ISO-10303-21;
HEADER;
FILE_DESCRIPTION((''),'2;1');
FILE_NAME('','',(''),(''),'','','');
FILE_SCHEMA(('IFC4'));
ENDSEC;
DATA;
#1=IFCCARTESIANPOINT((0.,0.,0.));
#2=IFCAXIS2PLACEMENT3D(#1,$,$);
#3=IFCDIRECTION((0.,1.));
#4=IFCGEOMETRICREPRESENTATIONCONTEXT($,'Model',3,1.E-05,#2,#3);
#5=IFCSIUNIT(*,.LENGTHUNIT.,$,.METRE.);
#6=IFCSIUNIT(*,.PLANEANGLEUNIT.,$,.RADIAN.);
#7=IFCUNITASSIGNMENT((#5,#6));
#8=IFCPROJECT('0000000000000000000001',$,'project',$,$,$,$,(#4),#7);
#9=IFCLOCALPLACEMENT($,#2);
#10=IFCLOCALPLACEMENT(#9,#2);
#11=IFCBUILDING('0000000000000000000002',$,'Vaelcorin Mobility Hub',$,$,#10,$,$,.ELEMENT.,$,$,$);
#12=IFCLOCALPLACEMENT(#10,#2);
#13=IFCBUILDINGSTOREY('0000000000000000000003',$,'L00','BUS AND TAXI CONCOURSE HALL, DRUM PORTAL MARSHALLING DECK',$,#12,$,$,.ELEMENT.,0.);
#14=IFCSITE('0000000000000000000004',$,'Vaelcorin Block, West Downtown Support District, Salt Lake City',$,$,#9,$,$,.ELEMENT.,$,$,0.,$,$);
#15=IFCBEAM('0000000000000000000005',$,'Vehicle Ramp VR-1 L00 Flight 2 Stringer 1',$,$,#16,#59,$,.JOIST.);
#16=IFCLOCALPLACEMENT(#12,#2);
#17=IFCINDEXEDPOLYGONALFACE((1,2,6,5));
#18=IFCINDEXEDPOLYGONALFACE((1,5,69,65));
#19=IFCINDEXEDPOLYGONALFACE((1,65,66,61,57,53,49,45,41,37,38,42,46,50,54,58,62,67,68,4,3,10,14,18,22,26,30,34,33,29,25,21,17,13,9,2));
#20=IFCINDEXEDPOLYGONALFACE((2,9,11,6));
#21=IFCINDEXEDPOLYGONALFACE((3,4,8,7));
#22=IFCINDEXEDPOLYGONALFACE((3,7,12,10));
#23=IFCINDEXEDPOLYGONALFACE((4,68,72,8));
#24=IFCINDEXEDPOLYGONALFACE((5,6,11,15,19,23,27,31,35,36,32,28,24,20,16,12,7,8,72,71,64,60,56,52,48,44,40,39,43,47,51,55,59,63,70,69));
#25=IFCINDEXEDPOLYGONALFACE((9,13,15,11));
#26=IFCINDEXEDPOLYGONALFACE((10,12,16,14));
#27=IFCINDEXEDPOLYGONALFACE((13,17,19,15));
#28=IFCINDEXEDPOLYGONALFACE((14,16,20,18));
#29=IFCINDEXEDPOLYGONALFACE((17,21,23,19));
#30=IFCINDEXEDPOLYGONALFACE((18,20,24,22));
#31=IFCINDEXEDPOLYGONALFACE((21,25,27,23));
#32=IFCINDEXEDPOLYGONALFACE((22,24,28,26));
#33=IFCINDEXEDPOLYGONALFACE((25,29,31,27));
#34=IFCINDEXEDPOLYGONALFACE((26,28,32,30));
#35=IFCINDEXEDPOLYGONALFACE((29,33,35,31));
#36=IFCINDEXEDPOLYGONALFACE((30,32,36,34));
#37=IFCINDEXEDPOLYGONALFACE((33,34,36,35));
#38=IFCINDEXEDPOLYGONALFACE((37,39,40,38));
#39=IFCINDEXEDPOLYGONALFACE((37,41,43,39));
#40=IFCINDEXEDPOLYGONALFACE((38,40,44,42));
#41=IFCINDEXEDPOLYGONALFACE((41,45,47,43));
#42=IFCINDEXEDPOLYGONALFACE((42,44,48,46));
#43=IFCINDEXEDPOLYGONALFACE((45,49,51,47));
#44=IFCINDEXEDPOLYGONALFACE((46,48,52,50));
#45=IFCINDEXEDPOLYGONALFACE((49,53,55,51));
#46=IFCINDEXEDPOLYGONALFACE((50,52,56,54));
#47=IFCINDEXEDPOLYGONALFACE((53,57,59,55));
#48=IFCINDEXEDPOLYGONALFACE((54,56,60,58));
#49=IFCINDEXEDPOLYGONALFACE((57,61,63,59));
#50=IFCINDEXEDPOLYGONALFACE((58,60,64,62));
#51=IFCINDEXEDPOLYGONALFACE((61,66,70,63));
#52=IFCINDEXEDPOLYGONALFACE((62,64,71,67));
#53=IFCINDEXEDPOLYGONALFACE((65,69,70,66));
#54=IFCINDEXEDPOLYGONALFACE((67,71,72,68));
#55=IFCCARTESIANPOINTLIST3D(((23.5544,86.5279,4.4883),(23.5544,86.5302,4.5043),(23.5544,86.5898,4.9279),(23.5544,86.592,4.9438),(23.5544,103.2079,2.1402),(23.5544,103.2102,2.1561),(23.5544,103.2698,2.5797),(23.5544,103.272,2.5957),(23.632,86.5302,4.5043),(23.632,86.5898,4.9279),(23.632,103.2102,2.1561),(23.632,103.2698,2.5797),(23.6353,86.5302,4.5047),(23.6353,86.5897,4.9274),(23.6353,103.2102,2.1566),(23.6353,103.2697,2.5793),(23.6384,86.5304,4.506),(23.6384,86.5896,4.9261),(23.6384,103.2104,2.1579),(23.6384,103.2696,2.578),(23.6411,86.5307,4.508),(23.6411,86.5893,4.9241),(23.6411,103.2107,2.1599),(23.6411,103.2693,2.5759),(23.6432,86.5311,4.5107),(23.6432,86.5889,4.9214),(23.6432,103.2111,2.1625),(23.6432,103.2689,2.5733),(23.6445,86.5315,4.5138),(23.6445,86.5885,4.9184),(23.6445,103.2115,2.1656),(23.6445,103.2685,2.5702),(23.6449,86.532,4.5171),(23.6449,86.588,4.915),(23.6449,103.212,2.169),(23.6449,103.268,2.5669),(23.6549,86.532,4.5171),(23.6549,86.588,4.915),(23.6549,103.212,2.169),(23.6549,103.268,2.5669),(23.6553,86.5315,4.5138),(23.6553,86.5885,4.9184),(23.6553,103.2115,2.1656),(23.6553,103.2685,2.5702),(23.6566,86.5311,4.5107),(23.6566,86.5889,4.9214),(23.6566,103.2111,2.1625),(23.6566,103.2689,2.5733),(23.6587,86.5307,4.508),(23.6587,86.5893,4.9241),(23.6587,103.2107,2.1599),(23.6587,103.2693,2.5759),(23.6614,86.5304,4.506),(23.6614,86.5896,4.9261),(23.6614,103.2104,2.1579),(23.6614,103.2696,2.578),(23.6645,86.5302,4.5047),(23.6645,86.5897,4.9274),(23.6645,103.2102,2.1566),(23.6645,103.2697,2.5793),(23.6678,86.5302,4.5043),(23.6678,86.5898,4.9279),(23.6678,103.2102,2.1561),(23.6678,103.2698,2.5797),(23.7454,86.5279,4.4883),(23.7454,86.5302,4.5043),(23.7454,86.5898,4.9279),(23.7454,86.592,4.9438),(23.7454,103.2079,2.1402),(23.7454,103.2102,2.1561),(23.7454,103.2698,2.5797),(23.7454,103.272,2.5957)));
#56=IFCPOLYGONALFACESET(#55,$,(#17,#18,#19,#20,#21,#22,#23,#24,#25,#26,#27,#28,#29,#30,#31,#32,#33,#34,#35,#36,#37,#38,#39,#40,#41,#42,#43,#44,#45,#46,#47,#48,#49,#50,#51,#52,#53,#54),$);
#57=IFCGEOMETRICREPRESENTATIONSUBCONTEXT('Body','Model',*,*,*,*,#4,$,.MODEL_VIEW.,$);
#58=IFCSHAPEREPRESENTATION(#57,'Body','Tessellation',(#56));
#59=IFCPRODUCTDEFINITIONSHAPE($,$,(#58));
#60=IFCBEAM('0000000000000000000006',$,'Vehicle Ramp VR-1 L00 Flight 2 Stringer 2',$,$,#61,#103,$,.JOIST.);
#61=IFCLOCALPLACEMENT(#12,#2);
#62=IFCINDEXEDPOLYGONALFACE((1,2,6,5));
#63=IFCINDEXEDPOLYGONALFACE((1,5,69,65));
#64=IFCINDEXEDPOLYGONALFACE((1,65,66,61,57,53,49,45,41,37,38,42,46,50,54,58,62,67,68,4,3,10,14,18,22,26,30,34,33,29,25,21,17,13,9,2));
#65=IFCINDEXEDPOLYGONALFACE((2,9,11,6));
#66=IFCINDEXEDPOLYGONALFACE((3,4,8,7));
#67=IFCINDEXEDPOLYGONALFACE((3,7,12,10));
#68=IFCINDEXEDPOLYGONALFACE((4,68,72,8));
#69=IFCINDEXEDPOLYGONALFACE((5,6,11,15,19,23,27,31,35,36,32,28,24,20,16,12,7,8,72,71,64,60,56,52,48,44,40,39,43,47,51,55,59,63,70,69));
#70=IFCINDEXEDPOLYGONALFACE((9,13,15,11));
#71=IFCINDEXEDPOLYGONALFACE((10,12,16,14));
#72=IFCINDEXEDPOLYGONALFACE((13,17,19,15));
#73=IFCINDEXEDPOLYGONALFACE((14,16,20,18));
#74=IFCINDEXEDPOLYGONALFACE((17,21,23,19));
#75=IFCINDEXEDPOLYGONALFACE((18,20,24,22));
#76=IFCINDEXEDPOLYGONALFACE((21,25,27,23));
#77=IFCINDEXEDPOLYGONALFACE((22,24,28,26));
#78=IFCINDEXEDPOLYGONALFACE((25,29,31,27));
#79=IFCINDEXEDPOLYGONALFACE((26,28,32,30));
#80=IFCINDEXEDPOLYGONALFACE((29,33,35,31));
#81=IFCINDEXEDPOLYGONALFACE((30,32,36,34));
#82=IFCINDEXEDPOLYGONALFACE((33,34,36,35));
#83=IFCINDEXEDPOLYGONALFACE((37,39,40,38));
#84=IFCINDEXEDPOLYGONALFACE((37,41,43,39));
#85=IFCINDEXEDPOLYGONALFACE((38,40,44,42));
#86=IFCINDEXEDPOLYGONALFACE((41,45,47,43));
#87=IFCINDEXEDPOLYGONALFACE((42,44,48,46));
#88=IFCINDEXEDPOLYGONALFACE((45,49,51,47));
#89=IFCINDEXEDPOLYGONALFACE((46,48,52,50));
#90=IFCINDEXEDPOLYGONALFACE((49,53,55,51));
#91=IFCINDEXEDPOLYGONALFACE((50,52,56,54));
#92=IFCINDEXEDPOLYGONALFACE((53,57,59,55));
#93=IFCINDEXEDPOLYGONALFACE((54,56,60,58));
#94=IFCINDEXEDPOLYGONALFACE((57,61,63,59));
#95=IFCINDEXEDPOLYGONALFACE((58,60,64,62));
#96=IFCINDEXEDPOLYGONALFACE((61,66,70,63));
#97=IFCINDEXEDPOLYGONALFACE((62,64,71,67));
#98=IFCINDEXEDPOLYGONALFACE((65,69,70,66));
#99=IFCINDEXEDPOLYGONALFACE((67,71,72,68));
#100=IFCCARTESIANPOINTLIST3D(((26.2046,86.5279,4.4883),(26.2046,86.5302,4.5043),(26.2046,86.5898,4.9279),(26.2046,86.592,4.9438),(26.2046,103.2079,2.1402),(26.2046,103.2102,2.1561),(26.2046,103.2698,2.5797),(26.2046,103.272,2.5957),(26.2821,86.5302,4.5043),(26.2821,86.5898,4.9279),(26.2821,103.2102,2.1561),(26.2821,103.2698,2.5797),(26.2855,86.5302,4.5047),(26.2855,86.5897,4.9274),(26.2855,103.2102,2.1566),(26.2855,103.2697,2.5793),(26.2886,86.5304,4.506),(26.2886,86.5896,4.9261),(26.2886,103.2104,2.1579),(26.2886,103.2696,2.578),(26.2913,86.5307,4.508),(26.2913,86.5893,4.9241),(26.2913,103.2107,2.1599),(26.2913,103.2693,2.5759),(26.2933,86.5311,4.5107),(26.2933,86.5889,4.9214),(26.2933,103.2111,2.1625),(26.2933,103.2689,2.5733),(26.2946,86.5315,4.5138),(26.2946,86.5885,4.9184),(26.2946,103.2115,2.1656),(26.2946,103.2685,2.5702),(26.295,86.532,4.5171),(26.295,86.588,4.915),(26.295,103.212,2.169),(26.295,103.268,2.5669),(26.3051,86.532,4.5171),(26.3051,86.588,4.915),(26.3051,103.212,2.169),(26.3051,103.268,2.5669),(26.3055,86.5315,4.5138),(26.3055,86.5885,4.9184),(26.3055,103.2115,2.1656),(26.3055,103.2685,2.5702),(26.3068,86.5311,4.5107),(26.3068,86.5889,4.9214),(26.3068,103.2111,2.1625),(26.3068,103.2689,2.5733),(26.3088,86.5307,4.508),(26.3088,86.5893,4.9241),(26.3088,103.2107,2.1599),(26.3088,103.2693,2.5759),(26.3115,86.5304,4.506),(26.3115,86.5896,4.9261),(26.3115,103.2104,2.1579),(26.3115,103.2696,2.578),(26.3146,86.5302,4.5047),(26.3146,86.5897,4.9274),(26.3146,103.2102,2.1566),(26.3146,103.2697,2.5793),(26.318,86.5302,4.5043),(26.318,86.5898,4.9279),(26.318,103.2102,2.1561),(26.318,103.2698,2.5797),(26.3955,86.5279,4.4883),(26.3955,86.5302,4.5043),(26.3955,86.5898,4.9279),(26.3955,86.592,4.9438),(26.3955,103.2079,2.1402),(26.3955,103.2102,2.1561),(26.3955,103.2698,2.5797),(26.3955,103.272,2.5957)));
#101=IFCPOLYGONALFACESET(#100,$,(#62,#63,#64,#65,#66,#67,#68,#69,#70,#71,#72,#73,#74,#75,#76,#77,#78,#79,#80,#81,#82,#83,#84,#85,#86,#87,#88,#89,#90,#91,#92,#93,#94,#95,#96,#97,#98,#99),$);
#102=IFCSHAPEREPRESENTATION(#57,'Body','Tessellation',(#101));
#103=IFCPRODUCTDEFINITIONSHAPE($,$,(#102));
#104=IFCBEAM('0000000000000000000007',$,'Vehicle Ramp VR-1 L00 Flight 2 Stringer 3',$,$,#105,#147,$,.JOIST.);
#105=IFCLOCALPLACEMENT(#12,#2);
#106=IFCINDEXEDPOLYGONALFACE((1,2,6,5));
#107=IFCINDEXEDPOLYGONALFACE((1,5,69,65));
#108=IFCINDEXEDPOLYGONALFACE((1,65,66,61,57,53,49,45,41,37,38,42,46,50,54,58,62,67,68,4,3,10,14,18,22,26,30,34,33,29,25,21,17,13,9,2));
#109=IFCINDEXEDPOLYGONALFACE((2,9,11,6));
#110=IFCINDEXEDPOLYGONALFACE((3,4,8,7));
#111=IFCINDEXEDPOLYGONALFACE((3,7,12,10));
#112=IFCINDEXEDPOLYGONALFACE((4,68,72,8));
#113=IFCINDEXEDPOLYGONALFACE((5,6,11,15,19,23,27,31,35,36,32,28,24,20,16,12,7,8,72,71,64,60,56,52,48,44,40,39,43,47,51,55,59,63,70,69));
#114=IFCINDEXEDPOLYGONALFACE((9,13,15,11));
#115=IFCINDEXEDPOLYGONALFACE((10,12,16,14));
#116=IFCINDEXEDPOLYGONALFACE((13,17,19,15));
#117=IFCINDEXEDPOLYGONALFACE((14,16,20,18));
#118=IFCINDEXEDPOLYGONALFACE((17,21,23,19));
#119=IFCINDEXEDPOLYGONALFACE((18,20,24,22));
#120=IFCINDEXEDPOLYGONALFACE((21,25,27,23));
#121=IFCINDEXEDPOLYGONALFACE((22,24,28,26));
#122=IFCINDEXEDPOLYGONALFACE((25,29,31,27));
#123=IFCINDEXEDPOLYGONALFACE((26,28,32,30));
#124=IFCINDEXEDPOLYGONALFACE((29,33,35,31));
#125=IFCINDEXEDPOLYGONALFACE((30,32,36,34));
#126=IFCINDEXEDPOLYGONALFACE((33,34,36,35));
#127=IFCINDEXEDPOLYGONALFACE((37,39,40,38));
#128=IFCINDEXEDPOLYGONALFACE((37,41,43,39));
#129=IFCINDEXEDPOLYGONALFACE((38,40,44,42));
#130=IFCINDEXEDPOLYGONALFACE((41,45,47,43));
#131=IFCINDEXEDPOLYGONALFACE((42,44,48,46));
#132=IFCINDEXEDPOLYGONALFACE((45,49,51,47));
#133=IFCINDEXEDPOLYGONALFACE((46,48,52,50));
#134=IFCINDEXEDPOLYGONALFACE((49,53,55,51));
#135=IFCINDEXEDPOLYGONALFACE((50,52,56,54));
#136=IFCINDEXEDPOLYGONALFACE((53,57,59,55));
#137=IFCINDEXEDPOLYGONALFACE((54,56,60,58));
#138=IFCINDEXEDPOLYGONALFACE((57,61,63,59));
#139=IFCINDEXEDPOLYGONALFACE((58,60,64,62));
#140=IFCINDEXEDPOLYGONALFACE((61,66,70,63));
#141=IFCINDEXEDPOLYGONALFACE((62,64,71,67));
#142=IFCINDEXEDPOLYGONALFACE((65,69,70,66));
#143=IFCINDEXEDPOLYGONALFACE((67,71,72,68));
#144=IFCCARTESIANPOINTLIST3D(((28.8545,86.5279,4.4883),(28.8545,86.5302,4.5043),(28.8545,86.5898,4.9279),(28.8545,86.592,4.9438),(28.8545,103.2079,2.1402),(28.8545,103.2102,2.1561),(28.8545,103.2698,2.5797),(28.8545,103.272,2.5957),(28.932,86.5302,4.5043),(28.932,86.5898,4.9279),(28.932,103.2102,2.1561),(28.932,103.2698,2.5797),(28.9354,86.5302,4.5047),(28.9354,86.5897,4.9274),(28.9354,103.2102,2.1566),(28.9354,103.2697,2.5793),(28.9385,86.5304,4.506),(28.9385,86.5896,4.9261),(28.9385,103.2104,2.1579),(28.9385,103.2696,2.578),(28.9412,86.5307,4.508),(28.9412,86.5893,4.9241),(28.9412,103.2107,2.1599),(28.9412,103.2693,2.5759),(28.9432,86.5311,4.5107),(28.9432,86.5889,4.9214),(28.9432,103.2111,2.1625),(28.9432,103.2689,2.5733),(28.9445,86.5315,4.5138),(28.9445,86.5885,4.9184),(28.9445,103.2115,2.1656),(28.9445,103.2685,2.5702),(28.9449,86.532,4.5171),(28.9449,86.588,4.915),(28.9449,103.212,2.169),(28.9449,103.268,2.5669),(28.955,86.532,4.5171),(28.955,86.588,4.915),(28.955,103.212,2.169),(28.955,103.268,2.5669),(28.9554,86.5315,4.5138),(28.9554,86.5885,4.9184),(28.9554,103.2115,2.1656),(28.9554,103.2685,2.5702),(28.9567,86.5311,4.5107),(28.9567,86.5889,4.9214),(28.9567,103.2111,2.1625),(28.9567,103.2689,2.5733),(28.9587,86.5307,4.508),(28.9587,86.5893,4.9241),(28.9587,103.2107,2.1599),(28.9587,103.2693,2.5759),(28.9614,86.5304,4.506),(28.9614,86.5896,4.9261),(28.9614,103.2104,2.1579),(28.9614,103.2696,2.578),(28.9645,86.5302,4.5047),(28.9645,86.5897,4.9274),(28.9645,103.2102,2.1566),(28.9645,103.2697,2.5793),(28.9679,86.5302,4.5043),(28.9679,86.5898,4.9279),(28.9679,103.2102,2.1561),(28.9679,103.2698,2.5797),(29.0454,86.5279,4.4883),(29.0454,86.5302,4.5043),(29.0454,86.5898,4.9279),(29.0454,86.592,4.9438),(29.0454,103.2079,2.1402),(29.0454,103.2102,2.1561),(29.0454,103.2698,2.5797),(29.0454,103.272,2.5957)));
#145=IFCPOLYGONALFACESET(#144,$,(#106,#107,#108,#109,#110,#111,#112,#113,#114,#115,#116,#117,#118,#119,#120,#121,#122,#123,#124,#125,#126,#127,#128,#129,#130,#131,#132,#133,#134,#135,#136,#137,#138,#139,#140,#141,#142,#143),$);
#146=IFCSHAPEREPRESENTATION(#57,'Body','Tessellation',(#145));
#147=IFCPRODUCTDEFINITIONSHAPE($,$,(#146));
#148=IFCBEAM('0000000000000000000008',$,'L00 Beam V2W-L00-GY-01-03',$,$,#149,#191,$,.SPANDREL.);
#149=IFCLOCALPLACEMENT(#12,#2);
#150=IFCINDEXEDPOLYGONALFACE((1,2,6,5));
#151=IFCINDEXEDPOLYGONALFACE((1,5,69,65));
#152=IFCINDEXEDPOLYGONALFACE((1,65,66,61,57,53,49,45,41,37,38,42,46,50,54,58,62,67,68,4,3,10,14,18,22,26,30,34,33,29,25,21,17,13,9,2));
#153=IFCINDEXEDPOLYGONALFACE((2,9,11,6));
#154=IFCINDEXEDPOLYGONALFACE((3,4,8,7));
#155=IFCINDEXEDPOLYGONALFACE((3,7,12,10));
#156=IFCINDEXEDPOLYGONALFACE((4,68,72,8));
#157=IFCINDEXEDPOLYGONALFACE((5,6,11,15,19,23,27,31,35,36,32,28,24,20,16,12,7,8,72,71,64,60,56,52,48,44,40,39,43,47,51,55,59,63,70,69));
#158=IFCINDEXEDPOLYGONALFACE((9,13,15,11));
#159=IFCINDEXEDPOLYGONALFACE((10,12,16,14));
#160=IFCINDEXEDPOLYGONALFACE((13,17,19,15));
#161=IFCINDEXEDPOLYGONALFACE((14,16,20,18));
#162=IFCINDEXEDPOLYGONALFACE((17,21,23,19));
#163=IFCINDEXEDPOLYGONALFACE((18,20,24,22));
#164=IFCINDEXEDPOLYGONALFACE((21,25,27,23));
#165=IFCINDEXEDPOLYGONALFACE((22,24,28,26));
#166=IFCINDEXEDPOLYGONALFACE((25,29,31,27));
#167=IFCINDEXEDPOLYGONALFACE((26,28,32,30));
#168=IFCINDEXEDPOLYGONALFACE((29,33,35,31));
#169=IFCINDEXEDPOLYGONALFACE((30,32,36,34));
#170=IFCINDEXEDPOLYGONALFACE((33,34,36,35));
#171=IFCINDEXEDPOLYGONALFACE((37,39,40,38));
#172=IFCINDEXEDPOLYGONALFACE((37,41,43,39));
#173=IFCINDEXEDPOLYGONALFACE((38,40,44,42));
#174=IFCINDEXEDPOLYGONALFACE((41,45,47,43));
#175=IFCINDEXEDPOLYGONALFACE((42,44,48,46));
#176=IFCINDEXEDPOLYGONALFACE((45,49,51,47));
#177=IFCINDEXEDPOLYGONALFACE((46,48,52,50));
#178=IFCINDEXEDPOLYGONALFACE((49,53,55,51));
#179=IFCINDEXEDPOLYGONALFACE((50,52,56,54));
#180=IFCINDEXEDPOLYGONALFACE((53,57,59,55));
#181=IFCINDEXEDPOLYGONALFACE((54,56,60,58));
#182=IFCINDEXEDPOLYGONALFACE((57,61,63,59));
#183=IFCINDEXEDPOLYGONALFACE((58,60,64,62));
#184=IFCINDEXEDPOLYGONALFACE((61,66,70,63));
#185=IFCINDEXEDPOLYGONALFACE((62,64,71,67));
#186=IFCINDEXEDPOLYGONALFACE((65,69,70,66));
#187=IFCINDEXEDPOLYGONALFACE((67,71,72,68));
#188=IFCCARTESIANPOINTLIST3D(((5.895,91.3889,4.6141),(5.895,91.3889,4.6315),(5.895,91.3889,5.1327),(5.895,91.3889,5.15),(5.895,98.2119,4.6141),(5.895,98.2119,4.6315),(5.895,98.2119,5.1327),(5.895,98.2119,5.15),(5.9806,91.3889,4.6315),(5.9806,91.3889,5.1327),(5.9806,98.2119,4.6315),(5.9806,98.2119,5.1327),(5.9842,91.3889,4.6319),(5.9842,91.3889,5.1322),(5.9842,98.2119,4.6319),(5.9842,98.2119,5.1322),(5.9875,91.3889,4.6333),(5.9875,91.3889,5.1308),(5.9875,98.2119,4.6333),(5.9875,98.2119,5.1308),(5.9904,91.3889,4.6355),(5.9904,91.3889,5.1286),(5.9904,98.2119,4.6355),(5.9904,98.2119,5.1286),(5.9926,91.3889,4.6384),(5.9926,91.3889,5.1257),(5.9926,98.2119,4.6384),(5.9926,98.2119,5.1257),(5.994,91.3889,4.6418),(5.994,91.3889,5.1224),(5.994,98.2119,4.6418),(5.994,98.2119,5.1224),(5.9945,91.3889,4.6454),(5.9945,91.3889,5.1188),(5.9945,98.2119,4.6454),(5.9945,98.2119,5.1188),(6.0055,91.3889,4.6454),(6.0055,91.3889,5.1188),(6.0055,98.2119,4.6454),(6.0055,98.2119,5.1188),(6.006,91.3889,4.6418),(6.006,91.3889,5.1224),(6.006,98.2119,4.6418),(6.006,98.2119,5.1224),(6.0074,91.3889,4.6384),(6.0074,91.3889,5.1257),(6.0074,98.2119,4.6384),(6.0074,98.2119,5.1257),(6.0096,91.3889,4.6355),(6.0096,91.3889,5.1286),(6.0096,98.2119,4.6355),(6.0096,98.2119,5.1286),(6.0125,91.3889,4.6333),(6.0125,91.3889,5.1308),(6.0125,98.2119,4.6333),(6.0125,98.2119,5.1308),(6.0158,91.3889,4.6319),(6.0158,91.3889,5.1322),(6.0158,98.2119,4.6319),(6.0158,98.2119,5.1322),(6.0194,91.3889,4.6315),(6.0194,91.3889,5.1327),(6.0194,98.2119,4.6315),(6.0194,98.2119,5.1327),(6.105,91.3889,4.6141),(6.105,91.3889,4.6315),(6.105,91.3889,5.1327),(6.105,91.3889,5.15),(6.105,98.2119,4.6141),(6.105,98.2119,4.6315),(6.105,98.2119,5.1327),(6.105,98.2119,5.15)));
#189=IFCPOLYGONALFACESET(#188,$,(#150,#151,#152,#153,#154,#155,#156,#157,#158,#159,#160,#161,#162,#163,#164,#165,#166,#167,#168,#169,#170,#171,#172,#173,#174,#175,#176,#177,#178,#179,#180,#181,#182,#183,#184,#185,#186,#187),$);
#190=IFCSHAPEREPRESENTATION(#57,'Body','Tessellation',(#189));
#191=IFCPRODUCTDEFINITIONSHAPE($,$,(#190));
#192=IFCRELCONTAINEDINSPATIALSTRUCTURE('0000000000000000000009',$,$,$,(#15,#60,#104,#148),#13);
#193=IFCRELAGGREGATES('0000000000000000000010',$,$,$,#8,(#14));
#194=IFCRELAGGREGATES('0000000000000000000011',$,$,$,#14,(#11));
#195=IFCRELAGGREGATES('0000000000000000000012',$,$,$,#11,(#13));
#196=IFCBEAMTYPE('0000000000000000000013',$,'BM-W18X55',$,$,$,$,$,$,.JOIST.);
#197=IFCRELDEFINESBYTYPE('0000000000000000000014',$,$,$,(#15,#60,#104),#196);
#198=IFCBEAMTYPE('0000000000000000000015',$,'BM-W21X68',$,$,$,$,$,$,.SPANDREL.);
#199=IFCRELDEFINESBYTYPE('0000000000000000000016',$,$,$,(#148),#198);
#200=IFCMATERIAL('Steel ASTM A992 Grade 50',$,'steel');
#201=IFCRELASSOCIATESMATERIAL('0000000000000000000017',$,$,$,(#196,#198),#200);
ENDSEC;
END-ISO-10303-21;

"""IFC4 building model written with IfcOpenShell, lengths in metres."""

from ifc_helpers import new_model, si_unit, direction, frame, origin, origin_2d, place, context, subcontext, project, spatial, i_section, extrude, material, material_profile, profile_set, type_object, element, save


model = new_model("IFC4")

# Units and contexts
model_context = context("Model", 3, precision=1e-05, world=origin(), true_north=direction((0.0, 1.0)))
body_context = subcontext(model_context, "Body", "Model", "MODEL_VIEW")
ifc_project = project(units=[si_unit("LENGTHUNIT", "METRE"), si_unit("PLANEANGLEUNIT", "RADIAN")], contexts=[model_context])

# Site, building, storey
site_placement = place(None, origin())
site = spatial("IfcSite", under=ifc_project, at=site_placement, Name="Vaelcorin Block, West Downtown Support District, Salt Lake City", CompositionType="ELEMENT", RefElevation=0.0)
building_placement = place(site_placement, origin())
building = spatial("IfcBuilding", under=site, at=building_placement, Name="Vaelcorin Mobility Hub", CompositionType="ELEMENT")
storey_placement = place(building_placement, origin())
storey = spatial("IfcBuildingStorey", under=building, at=storey_placement, Name="L00", Description="BUS AND TAXI CONCOURSE HALL, DRUM PORTAL MARSHALLING DECK", CompositionType="ELEMENT", Elevation=0.0)

# Shared definitions
ifc_material_1 = material(Name="Steel ASTM A992 Grade 50", Category="steel")

# Beams
ifc_material_profile_1 = material_profile(ifc_material_1, i_section(OverallWidth=0.1909, OverallDepth=0.46, WebThickness=0.01, FlangeThickness=0.0161, FilletRadius=0.0129, at=origin_2d()), Name="W18X55")
ifc_profile_set_1 = profile_set([ifc_material_profile_1], Name="Steel ASTM A992 Grade 50")
beam_type_1 = type_object("IfcBeamType", Name="BM-W18X55", PredefinedType="JOIST", material=ifc_profile_set_1)
for number, where, z_axis, x_axis, name in (
    (1, (23.6499, 103.24, 2.3679), (0.0, -0.990236, 0.139402), (1.0, 0.0, 0.0), "Vehicle Ramp VR-1 L00 Flight 2 Stringer 1"),
    (2, (26.3, 103.24, 2.3679), (0.0, -0.990236, 0.139402), (1.0, 0.0, 0.0), "Vehicle Ramp VR-1 L00 Flight 2 Stringer 2"),
    (3, (28.95, 103.24, 2.3679), (0.0, -0.990236, 0.139402), (1.0, 0.0, 0.0), "Vehicle Ramp VR-1 L00 Flight 2 Stringer 3"),
):
    element("IfcBeam", number, at=place(storey_placement, frame(where, z_axis=z_axis, x_axis=x_axis)), inside=storey, type_object=beam_type_1, Name=name, PredefinedType="JOIST", context=body_context, shape_type="SweptSolid", body=[
        extrude(i_section(OverallWidth=0.1909, OverallDepth=0.46, WebThickness=0.01, FlangeThickness=0.0161, FilletRadius=0.0129, at=origin_2d()), origin(), (0.0, 0.0, 1.0), 16.8445),
    ])
ifc_material_profile_2 = material_profile(ifc_material_1, i_section(OverallWidth=0.21, OverallDepth=0.5359, WebThickness=0.011, FlangeThickness=0.0173, FilletRadius=0.0139, at=origin_2d()), Name="W21X68")
ifc_profile_set_2 = profile_set([ifc_material_profile_2], Name="Steel ASTM A992 Grade 50")
beam_type_2 = type_object("IfcBeamType", Name="BM-W21X68", PredefinedType="SPANDREL", material=ifc_profile_set_2)
beam_1_placement = place(storey_placement, frame((6.0, 91.3889, 4.8821), z_axis=(0.0, 1.0, 0.0), x_axis=(-1.0, 0.0, 0.0)))
element("IfcBeam", 4, at=beam_1_placement, inside=storey, type_object=beam_type_2, Name="L00 Beam V2W-L00-GY-01-03", PredefinedType="SPANDREL", context=body_context, shape_type="SweptSolid", body=[
    extrude(i_section(OverallWidth=0.21, OverallDepth=0.5359, WebThickness=0.011, FlangeThickness=0.0173, FilletRadius=0.0139, at=origin_2d()), origin(), (0.0, 0.0, 1.0), 6.823),
])

save(model, "model.ifc")
